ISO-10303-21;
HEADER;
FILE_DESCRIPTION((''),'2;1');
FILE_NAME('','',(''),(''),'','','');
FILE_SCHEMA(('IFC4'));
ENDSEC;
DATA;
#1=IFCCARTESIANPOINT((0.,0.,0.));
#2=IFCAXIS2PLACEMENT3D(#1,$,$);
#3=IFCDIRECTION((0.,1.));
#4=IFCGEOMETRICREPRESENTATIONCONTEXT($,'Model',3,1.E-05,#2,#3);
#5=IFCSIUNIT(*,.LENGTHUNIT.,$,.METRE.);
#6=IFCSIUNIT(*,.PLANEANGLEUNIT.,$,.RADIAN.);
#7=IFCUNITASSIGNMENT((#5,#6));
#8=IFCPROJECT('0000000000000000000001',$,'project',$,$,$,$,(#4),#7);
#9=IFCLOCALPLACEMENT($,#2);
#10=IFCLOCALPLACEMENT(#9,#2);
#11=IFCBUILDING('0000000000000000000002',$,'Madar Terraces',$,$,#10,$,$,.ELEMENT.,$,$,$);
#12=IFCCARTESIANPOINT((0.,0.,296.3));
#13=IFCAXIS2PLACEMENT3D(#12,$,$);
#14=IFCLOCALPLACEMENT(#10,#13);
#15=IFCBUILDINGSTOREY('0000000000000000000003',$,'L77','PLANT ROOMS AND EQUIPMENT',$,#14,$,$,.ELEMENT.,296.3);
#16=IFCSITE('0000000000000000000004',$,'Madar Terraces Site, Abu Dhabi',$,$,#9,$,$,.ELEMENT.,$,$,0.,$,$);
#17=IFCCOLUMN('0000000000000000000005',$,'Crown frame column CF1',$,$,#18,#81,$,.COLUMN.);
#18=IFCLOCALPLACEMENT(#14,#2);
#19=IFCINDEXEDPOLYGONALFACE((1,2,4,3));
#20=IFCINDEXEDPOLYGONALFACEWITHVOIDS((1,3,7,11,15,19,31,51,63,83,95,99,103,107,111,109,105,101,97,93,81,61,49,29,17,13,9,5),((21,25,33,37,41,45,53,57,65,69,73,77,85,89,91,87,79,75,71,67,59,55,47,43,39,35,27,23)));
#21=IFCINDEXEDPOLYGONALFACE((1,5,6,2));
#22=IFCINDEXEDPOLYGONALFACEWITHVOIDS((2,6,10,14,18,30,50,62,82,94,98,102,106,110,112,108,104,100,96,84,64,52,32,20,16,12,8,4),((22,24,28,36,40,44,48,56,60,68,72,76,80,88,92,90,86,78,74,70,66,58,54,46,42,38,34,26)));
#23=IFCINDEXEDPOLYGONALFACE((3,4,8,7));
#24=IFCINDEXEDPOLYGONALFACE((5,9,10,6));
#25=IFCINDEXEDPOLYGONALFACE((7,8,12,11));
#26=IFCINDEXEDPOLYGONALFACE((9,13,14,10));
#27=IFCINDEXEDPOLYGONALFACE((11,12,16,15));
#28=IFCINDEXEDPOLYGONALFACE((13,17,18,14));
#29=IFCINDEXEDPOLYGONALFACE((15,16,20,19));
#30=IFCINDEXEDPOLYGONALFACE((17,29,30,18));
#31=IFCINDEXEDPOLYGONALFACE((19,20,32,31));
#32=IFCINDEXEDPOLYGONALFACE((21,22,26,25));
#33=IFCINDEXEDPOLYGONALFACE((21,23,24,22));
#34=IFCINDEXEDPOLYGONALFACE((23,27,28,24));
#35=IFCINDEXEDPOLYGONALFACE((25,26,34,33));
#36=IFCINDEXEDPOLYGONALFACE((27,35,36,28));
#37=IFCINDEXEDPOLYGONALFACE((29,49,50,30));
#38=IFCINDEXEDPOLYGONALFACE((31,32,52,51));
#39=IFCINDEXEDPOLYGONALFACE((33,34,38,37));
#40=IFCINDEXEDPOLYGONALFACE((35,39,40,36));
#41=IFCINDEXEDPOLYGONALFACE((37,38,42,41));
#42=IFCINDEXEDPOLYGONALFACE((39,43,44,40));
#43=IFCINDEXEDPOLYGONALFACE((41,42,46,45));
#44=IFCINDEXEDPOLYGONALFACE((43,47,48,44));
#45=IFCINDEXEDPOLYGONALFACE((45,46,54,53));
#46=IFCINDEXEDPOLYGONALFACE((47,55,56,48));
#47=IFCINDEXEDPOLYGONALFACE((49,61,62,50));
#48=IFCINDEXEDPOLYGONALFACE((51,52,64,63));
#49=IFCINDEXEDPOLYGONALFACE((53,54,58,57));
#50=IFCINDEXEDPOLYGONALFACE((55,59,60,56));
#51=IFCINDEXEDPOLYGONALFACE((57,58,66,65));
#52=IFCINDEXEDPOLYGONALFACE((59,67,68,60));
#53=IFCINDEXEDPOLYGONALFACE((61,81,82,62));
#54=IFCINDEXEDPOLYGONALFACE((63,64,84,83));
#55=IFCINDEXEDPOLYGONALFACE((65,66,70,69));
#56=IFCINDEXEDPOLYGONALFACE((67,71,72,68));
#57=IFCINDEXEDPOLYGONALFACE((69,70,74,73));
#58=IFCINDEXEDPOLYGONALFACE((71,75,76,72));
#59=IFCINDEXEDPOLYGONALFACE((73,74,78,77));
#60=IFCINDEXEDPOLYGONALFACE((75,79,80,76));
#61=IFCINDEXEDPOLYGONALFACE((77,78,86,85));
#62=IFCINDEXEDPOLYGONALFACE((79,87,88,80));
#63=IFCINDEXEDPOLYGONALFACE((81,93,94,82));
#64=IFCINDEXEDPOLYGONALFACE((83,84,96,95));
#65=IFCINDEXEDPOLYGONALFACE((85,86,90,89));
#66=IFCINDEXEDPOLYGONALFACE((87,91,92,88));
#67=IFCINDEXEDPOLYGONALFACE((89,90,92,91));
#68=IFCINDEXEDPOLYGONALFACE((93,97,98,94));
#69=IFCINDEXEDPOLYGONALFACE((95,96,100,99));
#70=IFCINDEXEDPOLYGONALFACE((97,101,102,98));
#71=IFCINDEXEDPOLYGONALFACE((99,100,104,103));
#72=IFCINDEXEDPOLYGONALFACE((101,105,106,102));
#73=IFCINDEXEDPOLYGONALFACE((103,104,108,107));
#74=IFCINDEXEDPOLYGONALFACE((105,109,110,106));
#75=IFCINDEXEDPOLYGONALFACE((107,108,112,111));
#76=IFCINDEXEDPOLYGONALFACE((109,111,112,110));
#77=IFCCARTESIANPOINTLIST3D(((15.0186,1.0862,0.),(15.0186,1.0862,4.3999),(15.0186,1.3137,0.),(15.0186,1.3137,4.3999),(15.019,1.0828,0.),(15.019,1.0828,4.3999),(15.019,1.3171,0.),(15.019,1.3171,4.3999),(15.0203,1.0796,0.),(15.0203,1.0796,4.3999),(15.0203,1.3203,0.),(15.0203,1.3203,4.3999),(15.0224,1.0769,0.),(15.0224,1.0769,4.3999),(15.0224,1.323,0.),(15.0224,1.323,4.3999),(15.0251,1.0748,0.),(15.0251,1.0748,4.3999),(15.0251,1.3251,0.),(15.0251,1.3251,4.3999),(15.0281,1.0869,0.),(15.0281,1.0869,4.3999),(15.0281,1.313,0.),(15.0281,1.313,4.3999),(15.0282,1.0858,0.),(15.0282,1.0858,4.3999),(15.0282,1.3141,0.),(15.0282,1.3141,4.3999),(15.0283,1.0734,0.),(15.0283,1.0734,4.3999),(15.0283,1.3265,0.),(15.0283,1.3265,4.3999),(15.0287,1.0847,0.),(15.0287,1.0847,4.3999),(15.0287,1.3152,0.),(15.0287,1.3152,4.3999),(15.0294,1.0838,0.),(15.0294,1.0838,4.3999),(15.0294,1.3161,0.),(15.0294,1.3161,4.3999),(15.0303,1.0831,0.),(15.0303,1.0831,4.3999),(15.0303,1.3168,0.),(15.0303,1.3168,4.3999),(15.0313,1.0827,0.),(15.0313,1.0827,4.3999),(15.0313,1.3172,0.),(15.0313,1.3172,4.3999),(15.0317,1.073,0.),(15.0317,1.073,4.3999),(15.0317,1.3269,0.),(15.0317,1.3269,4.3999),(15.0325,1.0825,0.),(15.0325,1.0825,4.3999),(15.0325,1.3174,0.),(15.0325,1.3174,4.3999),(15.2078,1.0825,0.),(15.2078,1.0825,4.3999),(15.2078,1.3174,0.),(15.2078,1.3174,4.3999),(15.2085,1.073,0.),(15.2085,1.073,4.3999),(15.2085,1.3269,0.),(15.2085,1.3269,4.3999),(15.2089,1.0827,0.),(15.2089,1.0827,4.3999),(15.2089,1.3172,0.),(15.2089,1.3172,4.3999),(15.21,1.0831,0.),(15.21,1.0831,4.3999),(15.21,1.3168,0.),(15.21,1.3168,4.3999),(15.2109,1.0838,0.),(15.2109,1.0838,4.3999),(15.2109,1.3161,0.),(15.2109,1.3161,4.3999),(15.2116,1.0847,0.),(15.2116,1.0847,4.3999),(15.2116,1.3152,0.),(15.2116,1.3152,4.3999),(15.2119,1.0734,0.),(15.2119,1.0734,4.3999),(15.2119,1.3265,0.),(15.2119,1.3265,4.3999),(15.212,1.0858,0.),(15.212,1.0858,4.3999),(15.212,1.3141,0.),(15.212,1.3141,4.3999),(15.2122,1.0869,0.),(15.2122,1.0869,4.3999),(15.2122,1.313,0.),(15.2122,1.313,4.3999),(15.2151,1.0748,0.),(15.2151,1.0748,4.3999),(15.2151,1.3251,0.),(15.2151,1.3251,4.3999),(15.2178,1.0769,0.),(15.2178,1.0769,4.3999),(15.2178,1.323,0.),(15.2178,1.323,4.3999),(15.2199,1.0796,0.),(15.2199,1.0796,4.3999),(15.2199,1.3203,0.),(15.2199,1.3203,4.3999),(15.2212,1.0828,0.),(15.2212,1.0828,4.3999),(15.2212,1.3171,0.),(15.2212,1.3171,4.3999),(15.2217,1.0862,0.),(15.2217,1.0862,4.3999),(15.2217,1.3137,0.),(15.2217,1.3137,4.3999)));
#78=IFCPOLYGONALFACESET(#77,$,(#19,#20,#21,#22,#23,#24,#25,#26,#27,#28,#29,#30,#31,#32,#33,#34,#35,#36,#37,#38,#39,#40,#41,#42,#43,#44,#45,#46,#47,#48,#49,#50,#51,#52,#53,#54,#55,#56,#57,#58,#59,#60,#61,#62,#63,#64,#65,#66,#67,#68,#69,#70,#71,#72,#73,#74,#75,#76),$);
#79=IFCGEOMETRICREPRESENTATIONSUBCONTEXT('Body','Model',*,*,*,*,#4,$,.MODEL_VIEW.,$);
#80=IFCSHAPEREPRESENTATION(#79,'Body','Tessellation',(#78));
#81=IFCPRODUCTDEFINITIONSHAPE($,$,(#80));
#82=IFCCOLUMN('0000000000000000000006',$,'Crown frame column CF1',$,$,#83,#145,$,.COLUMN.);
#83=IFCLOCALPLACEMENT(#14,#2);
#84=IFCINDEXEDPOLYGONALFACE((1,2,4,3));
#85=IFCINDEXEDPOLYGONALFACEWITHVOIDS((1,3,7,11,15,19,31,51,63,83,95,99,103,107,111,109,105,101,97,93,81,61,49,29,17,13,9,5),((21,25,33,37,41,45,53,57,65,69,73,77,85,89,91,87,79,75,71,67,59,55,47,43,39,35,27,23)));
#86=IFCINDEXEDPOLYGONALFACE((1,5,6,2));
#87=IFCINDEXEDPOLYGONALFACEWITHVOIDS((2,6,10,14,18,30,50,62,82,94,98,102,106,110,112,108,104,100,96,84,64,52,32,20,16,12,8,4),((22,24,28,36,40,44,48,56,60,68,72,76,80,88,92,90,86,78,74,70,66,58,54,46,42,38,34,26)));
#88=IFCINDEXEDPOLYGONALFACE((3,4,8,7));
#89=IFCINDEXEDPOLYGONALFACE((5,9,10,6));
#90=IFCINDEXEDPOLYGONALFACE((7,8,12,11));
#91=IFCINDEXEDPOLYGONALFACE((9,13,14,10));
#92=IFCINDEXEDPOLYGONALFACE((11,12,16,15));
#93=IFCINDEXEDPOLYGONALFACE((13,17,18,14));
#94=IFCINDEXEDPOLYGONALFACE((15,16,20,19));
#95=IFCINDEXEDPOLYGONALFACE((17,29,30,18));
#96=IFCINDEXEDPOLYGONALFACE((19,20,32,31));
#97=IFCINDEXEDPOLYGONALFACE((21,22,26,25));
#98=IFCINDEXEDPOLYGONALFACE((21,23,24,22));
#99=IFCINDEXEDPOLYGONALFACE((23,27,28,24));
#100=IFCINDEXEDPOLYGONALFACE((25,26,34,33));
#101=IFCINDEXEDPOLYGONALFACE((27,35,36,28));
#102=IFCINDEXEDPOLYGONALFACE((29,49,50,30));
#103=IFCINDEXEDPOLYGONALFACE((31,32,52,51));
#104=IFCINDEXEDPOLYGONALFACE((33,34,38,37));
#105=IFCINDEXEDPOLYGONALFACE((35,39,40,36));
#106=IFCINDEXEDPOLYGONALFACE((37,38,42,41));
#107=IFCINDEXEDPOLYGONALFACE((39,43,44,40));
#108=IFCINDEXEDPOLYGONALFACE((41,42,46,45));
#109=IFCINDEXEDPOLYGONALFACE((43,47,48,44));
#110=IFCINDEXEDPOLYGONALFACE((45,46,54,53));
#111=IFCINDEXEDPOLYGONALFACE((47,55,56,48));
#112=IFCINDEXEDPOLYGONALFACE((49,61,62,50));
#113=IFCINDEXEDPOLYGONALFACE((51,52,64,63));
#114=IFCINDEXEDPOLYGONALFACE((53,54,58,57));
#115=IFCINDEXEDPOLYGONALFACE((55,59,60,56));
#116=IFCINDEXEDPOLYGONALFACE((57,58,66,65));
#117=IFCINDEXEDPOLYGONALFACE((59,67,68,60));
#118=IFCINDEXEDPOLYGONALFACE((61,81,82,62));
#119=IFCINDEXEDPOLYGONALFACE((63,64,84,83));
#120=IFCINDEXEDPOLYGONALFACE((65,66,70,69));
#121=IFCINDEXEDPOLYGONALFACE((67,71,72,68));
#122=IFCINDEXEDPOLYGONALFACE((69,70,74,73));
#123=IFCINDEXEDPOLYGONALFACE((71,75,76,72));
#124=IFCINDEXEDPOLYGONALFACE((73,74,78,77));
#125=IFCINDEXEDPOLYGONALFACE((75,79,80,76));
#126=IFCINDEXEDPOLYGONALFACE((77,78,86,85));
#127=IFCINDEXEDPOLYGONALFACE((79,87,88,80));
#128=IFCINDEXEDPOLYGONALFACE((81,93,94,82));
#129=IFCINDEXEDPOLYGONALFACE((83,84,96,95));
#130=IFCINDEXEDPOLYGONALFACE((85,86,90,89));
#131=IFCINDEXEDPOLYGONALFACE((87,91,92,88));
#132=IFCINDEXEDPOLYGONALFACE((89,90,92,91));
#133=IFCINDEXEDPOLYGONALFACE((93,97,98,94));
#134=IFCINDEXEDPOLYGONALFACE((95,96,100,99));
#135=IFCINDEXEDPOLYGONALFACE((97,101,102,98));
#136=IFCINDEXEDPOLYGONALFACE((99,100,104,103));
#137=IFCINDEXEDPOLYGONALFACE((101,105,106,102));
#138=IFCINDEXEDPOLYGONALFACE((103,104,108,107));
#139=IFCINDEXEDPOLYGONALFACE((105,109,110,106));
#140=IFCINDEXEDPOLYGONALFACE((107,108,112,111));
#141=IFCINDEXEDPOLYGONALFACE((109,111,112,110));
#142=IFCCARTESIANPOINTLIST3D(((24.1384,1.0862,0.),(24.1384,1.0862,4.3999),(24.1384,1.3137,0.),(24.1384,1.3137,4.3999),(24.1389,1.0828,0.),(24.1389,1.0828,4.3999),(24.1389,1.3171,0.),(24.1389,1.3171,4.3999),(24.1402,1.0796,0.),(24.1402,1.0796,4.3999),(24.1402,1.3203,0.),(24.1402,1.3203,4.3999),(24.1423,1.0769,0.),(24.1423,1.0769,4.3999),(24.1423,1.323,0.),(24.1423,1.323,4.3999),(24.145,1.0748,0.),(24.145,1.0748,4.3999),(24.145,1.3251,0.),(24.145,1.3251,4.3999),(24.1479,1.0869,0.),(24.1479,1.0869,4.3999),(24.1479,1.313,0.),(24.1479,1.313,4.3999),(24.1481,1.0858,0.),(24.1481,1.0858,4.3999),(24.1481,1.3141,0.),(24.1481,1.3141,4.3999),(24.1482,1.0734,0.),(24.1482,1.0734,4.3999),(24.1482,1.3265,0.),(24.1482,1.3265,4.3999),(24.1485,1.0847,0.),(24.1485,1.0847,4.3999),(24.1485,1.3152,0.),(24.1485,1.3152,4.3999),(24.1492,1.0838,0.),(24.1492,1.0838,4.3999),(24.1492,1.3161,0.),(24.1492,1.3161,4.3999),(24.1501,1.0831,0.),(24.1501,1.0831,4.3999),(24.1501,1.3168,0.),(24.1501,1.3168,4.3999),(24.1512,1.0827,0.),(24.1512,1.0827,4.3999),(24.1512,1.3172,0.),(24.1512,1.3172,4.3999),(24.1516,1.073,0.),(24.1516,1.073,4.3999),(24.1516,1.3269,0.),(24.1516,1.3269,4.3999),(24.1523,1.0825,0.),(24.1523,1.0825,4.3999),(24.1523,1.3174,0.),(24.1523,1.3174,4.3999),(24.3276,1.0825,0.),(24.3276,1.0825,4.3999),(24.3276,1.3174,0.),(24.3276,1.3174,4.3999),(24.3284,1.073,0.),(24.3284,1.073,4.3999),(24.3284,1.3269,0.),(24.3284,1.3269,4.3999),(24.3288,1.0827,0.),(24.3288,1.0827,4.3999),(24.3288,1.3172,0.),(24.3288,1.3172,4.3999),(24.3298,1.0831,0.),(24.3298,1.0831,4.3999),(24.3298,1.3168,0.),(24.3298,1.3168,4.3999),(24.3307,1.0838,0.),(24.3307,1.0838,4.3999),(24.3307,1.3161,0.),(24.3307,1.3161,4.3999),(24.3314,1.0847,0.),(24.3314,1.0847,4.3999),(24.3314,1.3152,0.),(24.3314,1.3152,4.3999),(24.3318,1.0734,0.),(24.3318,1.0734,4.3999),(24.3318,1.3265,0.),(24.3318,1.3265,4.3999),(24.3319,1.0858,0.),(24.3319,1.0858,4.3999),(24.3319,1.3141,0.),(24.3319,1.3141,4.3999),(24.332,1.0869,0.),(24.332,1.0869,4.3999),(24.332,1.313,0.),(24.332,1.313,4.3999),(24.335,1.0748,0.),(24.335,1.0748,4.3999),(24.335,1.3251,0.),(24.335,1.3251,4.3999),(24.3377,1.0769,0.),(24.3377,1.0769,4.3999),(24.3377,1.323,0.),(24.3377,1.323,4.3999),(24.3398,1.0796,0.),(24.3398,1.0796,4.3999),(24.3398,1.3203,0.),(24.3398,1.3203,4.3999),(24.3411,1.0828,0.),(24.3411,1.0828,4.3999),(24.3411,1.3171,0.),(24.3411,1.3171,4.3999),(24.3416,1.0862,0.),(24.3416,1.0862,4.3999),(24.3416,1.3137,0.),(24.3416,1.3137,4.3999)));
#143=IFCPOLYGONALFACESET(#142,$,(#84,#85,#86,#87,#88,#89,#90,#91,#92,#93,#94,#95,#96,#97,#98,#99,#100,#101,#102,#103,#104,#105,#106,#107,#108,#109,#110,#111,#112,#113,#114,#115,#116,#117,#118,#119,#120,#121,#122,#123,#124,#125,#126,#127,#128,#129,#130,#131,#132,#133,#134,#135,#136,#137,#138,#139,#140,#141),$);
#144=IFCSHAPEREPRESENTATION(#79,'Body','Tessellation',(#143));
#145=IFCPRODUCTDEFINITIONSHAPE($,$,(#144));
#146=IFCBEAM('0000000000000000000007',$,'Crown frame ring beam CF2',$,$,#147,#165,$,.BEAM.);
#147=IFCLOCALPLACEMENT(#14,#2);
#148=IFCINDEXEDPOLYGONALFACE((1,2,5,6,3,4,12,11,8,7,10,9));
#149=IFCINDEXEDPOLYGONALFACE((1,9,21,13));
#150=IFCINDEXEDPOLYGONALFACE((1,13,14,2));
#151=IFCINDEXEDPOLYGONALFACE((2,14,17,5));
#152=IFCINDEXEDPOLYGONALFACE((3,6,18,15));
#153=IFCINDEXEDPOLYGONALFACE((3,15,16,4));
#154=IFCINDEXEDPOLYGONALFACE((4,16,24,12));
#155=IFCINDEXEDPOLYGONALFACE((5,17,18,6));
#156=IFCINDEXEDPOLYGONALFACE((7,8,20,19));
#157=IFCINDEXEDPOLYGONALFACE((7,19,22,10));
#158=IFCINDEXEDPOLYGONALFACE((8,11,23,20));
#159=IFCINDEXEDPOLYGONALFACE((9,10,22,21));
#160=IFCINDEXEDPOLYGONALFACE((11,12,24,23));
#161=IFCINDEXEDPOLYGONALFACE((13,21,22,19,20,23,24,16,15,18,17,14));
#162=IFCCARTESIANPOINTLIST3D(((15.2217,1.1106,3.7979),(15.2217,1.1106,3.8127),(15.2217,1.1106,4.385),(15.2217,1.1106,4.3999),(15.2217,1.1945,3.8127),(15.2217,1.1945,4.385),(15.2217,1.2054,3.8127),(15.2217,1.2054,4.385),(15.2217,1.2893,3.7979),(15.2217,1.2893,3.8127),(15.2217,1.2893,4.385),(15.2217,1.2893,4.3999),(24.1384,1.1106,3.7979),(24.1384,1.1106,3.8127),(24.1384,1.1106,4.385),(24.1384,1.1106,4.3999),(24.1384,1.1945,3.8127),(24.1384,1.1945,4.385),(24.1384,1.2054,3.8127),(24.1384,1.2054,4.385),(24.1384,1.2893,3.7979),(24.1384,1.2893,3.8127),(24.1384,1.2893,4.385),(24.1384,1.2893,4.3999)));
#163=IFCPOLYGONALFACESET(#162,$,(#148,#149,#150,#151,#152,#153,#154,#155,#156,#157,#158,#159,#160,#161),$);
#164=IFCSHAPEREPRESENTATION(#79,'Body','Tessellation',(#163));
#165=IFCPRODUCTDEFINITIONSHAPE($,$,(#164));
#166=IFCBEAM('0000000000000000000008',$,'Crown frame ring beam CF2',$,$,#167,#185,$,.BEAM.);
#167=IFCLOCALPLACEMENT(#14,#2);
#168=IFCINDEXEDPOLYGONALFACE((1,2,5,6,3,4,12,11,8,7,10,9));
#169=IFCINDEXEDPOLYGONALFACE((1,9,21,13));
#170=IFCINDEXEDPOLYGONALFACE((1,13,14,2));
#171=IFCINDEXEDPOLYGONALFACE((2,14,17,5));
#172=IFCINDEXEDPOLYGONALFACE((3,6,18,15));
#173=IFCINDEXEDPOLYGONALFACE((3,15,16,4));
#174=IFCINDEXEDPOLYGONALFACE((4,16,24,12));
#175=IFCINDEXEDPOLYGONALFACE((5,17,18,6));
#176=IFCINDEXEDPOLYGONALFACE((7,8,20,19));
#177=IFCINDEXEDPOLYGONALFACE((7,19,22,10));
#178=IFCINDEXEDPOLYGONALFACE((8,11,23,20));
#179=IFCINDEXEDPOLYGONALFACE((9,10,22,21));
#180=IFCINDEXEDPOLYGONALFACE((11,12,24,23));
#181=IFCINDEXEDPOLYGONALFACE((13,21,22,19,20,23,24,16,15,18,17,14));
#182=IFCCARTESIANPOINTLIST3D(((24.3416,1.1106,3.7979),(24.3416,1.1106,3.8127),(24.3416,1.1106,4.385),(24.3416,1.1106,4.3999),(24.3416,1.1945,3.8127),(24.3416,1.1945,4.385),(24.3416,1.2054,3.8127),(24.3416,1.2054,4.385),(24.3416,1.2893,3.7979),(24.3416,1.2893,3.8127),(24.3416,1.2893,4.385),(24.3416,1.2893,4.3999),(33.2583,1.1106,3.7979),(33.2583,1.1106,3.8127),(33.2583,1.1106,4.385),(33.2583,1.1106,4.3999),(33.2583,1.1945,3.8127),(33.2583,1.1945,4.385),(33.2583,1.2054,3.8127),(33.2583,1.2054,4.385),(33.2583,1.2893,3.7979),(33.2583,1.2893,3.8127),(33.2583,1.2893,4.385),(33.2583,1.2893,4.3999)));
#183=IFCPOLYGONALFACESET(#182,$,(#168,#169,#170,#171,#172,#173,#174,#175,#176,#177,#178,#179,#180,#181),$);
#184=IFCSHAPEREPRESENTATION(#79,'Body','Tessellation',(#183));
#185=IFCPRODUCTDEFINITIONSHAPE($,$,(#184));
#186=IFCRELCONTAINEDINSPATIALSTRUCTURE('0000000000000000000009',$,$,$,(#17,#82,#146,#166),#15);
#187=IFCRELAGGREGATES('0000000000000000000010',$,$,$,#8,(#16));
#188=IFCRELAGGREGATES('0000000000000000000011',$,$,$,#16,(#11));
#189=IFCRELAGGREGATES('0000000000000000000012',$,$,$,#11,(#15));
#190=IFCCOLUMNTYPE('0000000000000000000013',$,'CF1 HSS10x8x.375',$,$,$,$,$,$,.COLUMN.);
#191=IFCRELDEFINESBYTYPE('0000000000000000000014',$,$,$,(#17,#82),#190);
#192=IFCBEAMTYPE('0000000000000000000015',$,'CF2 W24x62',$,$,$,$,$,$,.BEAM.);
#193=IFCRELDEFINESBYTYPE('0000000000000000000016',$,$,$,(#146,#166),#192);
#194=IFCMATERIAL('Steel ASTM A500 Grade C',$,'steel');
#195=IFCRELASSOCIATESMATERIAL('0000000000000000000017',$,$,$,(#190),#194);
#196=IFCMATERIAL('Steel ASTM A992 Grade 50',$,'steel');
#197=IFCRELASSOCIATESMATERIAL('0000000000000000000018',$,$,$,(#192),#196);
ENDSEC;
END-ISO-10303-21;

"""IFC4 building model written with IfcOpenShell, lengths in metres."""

from ifc_helpers import new_model, si_unit, direction, frame, origin, origin_2d, place, context, subcontext, project, spatial, hollow_rectangle, i_section, extrude, material, material_profile, profile_set, type_object, element, save


model = new_model("IFC4")

# Units and contexts
model_context = context("Model", 3, precision=1e-05, world=origin(), true_north=direction((0.0, 1.0)))
body_context = subcontext(model_context, "Body", "Model", "MODEL_VIEW")
ifc_project = project(units=[si_unit("LENGTHUNIT", "METRE"), si_unit("PLANEANGLEUNIT", "RADIAN")], contexts=[model_context])

# Site, building, storey
site_placement = place(None, origin())
site = spatial("IfcSite", under=ifc_project, at=site_placement, Name="Madar Terraces Site, Abu Dhabi", CompositionType="ELEMENT", RefElevation=0.0)
building_placement = place(site_placement, origin())
building = spatial("IfcBuilding", under=site, at=building_placement, Name="Madar Terraces", CompositionType="ELEMENT")
storey_placement = place(building_placement, frame((0.0, 0.0, 296.3)))
storey = spatial("IfcBuildingStorey", under=building, at=storey_placement, Name="L77", Description="PLANT ROOMS AND EQUIPMENT", CompositionType="ELEMENT", Elevation=296.3)

# Columns
ifc_material_1 = material(Name="Steel ASTM A500 Grade C", Category="steel")
ifc_material_profile_1 = material_profile(ifc_material_1, hollow_rectangle(XDim=0.2031, YDim=0.2539, WallThickness=0.0095, InnerFilletRadius=0.0044, OuterFilletRadius=0.0132, at=origin_2d()), Name="HSS10x8x.375")
ifc_profile_set_1 = profile_set([ifc_material_profile_1], Name="Steel ASTM A500 Grade C")
column_type = type_object("IfcColumnType", Name="CF1 HSS10x8x.375", PredefinedType="COLUMN", material=ifc_profile_set_1)
for number, where, z_axis, x_axis, name in (
    (1, (15.1201, 1.2, 0.0), (0.0, 0.0, 1.0), (1.0, 0.0, 0.0), "Crown frame column CF1"),
    (2, (24.24, 1.2, 0.0), (0.0, 0.0, 1.0), (1.0, 0.0, 0.0), "Crown frame column CF1"),
):
    element("IfcColumn", number, at=place(storey_placement, frame(where, z_axis=z_axis, x_axis=x_axis)), inside=storey, type_object=column_type, Name=name, PredefinedType="COLUMN", context=body_context, shape_type="SweptSolid", body=[
        extrude(hollow_rectangle(XDim=0.2031, YDim=0.2539, WallThickness=0.0095, InnerFilletRadius=0.0044, OuterFilletRadius=0.0132, at=origin_2d()), origin(), (0.0, 0.0, 1.0), 4.3999),
    ])

# Beams
ifc_material_2 = material(Name="Steel ASTM A992 Grade 50", Category="steel")
ifc_material_profile_2 = material_profile(ifc_material_2, i_section(OverallWidth=0.1787, OverallDepth=0.6021, WebThickness=0.011, FlangeThickness=0.0149, at=origin_2d()), Name="W24x62")
ifc_profile_set_2 = profile_set([ifc_material_profile_2], Name="Steel ASTM A992 Grade 50")
beam_type = type_object("IfcBeamType", Name="CF2 W24x62", PredefinedType="BEAM", material=ifc_profile_set_2)
for number, where, z_axis, x_axis, name in (
    (3, (15.2217, 1.2, 4.0989), (1.0, 0.0, 0.0), (0.0, 1.0, 0.0), "Crown frame ring beam CF2"),
    (4, (24.3416, 1.2, 4.0989), (1.0, 0.0, 0.0), (0.0, 1.0, 0.0), "Crown frame ring beam CF2"),
):
    element("IfcBeam", number, at=place(storey_placement, frame(where, z_axis=z_axis, x_axis=x_axis)), inside=storey, type_object=beam_type, Name=name, PredefinedType="BEAM", context=body_context, shape_type="SweptSolid", body=[
        extrude(i_section(OverallWidth=0.1787, OverallDepth=0.6021, WebThickness=0.011, FlangeThickness=0.0149, at=origin_2d()), origin(), (0.0, 0.0, 1.0), 8.9167),
    ])

save(model, "model.ifc")
